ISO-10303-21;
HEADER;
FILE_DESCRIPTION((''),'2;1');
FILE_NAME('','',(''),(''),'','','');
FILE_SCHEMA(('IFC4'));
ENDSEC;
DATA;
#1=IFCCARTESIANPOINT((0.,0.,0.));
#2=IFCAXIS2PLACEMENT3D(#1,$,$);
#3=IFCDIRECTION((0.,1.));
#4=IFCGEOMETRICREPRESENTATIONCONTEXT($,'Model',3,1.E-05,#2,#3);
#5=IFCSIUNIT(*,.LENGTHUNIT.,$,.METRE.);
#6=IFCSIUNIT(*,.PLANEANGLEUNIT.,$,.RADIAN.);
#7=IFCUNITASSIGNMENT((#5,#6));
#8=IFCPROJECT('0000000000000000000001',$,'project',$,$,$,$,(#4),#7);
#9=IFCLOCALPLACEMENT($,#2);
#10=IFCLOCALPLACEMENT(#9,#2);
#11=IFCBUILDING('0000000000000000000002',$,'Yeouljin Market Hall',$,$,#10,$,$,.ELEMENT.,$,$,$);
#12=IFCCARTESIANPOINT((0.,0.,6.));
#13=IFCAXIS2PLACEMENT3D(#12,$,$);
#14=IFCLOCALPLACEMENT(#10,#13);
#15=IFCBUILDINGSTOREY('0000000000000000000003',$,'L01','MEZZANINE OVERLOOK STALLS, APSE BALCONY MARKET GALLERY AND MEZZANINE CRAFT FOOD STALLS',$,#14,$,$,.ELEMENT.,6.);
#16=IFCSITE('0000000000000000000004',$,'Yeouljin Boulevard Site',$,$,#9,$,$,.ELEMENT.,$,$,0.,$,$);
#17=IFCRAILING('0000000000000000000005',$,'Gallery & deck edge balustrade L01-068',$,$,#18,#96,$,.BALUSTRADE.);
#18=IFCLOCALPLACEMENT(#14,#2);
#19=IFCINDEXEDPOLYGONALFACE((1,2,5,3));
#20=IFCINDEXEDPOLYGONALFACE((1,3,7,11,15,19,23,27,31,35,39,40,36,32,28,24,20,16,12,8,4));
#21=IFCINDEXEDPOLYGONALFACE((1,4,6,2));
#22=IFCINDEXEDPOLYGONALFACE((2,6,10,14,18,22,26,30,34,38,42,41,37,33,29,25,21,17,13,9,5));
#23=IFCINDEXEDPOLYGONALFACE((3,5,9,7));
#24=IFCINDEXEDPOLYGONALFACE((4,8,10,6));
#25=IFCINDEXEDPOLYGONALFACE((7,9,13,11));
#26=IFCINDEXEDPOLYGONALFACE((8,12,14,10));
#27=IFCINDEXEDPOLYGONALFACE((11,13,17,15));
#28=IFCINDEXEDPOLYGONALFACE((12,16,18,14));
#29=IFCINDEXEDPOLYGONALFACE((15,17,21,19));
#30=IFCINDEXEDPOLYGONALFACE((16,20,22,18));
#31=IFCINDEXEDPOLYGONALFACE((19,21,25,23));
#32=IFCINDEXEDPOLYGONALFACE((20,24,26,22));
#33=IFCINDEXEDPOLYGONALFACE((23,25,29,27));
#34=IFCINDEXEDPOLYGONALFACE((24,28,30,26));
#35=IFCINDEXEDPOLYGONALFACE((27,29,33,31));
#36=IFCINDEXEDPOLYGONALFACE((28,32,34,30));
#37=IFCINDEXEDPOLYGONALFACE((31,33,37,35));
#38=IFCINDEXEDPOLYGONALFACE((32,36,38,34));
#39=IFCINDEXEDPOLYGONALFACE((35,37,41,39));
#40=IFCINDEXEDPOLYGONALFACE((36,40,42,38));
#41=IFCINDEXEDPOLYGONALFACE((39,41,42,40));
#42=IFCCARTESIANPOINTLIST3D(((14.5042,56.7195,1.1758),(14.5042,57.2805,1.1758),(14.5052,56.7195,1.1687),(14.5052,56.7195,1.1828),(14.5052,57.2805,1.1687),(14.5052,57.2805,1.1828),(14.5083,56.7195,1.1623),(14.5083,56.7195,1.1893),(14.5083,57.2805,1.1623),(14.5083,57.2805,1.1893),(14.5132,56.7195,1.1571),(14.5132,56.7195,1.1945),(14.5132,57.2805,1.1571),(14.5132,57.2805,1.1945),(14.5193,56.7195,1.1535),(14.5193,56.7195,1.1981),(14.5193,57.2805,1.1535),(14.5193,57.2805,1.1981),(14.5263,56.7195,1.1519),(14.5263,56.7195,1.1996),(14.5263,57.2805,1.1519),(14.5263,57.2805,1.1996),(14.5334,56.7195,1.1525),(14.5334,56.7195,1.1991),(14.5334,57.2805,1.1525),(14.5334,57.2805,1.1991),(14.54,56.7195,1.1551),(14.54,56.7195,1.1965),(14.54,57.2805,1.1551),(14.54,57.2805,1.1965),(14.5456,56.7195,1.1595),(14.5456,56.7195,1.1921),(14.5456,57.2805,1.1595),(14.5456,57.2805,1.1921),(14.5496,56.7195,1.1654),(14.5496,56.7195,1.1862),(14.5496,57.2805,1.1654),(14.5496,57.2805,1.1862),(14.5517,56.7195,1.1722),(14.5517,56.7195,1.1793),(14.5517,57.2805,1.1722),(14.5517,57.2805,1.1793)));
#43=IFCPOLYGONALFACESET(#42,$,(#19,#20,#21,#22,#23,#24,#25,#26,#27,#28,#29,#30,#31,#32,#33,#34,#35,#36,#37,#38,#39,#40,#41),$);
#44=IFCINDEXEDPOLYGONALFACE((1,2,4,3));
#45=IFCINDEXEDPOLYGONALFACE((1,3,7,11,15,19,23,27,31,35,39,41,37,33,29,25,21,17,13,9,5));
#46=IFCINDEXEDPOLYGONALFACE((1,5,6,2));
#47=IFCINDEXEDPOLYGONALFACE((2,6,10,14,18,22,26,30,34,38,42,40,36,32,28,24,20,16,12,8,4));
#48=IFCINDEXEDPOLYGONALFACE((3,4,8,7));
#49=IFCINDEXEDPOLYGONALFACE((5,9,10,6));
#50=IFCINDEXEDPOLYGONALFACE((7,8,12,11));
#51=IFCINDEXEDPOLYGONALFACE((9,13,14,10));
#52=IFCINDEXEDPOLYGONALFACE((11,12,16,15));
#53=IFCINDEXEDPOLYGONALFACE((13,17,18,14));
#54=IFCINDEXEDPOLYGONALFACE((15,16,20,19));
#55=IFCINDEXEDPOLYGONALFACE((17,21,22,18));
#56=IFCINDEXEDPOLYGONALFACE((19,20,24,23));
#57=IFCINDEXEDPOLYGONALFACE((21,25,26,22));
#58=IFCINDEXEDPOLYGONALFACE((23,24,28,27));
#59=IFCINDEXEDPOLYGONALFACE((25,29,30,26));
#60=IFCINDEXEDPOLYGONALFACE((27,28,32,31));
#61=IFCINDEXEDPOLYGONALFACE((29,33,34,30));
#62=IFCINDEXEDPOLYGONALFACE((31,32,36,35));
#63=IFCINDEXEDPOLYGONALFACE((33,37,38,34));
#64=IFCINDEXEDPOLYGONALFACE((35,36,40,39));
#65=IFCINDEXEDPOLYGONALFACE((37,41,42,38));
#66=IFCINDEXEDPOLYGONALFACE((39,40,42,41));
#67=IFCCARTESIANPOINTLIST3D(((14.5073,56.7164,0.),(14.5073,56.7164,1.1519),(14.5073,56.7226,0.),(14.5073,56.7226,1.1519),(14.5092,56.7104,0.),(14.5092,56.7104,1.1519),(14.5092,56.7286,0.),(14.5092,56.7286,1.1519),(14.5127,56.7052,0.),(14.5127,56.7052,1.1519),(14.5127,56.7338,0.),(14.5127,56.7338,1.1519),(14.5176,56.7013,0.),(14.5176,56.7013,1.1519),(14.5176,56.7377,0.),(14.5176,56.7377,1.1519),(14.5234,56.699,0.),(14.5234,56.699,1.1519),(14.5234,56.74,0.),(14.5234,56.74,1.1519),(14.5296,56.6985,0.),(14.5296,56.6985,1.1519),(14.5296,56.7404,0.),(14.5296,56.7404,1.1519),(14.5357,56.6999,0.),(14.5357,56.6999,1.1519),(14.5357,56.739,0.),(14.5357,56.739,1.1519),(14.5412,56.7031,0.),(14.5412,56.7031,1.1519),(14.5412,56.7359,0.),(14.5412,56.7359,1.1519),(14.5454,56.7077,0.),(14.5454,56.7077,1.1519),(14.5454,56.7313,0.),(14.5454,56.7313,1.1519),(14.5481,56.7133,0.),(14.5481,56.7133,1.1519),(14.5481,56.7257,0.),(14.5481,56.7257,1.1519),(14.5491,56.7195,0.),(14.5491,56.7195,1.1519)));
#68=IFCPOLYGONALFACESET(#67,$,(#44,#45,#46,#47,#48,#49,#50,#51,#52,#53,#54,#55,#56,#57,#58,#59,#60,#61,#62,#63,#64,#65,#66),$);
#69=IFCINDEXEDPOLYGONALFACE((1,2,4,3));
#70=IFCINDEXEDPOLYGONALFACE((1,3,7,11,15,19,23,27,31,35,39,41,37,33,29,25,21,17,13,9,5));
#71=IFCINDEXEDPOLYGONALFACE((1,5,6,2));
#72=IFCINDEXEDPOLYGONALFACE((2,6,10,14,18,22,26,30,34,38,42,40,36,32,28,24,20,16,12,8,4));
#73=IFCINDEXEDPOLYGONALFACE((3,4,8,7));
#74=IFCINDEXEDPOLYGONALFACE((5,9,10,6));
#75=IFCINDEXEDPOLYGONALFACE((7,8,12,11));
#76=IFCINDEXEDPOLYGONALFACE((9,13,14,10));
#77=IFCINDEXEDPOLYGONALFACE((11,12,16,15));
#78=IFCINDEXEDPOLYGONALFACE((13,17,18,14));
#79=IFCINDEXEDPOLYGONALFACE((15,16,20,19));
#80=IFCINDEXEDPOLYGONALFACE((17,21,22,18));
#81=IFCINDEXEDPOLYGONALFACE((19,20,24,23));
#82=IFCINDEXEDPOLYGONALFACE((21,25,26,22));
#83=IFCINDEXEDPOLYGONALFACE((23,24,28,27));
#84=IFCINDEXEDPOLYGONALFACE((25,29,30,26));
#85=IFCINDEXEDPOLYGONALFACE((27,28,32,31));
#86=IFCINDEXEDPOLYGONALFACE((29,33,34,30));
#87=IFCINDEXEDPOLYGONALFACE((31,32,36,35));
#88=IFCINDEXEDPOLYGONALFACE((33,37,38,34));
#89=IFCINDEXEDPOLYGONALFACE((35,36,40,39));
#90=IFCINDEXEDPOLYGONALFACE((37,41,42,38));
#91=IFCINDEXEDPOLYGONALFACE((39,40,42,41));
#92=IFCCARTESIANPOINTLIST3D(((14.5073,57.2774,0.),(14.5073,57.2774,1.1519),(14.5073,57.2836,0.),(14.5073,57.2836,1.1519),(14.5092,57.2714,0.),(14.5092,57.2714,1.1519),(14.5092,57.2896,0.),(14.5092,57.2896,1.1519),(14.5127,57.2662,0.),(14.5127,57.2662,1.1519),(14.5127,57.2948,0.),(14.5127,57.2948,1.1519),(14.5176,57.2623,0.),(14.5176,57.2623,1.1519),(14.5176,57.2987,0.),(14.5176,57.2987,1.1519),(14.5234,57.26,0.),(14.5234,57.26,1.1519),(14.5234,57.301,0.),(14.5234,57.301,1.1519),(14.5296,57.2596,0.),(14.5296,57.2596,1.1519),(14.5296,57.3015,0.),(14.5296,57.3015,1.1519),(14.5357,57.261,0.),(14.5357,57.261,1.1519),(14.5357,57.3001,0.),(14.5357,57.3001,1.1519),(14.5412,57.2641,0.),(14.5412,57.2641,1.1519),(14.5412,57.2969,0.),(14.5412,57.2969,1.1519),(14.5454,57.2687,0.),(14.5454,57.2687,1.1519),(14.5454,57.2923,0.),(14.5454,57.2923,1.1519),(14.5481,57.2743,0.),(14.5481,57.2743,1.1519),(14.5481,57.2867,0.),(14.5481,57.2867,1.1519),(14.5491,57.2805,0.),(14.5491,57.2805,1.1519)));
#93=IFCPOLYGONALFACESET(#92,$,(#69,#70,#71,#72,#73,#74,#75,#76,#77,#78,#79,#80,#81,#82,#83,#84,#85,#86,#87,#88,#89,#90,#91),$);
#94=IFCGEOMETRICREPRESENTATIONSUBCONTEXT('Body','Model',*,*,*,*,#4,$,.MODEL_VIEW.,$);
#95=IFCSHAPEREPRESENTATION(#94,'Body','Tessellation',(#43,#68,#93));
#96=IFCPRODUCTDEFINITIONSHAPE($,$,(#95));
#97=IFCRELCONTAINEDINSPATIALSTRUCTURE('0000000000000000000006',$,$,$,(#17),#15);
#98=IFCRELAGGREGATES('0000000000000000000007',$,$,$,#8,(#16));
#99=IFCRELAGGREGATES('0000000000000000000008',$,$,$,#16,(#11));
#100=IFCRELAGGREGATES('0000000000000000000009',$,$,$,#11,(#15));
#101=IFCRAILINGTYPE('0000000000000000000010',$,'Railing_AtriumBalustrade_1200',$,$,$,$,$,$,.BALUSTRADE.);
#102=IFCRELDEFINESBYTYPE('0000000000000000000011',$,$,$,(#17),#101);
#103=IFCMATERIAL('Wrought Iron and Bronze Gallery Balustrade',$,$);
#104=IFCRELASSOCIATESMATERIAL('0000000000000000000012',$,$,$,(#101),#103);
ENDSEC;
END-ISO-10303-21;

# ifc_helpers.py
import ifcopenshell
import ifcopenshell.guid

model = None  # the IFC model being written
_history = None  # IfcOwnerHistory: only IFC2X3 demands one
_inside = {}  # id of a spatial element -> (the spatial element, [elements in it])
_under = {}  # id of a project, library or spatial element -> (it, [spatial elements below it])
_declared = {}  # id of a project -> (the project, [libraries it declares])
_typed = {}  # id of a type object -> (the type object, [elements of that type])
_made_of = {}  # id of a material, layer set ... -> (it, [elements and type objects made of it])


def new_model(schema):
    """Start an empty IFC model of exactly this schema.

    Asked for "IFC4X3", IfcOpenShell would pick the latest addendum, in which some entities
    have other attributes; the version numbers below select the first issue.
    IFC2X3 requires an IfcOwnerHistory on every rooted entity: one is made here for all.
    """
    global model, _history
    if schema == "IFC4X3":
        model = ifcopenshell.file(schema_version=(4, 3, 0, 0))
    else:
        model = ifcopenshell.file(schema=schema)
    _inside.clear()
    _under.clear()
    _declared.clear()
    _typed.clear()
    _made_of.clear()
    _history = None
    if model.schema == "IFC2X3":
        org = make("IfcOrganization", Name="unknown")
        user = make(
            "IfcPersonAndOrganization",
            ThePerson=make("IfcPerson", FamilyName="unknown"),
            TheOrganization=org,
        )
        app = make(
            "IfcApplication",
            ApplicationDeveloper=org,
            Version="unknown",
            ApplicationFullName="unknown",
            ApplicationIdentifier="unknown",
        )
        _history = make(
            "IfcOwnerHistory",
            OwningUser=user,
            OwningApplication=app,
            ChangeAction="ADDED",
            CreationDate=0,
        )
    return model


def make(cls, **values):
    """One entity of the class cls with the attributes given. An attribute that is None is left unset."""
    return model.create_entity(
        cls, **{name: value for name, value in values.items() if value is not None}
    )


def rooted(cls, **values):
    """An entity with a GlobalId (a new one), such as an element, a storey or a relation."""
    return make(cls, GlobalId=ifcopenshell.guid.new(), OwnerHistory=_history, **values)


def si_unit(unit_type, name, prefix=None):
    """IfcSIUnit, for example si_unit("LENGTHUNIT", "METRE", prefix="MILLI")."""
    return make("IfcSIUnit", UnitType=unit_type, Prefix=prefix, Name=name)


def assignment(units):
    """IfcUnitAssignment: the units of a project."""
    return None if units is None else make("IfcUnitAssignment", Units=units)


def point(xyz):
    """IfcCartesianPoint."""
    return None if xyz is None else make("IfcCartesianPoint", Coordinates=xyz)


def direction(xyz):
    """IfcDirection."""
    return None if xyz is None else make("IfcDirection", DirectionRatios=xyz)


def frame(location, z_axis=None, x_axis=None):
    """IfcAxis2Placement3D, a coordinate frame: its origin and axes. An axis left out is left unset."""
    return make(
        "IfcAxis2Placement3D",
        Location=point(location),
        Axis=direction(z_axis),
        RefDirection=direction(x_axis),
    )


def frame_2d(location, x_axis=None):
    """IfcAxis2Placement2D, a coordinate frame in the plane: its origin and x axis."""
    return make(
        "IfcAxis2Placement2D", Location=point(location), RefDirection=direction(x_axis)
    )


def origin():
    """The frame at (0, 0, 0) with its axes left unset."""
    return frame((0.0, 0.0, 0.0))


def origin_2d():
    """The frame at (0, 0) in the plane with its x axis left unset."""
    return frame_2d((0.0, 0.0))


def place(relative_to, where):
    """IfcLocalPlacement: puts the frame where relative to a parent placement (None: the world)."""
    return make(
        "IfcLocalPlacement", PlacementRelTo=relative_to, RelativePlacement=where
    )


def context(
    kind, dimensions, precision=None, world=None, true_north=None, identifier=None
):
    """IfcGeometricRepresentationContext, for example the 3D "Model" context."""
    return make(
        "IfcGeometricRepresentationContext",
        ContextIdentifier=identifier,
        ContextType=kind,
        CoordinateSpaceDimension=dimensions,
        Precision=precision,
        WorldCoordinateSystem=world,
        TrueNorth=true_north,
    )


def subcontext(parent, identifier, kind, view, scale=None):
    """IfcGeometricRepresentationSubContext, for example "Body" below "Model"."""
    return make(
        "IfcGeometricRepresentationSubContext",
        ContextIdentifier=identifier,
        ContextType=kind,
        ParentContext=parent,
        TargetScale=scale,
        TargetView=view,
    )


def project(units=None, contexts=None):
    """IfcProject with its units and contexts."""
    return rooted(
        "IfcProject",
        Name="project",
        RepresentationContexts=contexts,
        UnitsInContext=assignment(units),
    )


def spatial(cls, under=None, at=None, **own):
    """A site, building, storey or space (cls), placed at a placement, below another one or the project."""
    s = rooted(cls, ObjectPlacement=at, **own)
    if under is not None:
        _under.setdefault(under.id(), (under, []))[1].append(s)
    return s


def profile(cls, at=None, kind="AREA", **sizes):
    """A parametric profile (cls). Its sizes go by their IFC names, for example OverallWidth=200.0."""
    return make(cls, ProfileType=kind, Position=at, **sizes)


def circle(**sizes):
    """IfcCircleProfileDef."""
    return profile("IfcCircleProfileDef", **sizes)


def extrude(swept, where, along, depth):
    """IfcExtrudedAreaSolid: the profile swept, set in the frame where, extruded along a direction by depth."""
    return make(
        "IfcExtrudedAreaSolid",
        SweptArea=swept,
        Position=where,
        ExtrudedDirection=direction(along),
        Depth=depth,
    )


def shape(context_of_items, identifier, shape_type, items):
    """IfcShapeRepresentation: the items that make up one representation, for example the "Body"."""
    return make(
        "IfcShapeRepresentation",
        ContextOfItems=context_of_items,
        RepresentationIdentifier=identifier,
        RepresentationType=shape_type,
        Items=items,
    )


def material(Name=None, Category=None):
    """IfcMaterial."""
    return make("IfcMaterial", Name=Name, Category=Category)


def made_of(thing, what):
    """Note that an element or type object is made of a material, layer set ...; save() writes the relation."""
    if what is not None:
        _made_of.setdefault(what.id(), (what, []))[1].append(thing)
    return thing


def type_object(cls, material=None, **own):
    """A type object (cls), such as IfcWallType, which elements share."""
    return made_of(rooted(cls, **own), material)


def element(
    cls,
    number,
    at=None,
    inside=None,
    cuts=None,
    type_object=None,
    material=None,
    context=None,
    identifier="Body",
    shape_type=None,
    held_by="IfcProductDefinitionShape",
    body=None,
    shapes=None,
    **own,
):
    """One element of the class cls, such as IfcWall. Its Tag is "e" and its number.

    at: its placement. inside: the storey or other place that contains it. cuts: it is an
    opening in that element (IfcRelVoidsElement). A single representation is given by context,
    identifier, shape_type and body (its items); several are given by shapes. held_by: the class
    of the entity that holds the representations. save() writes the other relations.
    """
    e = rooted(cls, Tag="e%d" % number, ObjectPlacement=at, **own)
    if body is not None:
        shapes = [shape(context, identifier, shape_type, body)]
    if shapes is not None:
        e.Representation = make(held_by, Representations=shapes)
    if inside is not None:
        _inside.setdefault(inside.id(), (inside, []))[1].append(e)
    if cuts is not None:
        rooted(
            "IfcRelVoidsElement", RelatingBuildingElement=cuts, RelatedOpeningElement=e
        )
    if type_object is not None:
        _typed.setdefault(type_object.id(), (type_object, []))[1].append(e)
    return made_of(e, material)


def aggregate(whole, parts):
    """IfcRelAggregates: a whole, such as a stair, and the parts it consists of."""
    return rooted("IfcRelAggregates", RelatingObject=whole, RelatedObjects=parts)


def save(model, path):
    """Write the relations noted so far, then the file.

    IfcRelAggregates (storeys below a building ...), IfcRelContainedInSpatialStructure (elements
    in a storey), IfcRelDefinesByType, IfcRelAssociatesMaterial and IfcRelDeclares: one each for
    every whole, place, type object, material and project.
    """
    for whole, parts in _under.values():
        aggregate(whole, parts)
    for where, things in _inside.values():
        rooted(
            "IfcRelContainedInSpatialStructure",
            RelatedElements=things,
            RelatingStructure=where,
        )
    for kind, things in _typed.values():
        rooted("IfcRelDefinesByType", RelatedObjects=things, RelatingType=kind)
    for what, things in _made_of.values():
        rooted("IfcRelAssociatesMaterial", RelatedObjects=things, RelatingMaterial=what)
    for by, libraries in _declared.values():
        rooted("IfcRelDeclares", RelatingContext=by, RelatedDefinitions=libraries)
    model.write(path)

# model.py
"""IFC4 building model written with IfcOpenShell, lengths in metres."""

from ifc_helpers import new_model, si_unit, direction, frame, origin, origin_2d, place, context, subcontext, project, spatial, circle, extrude, material, type_object, element, save


model = new_model("IFC4")

# Units and contexts
model_context = context("Model", 3, precision=1e-05, world=origin(), true_north=direction((0.0, 1.0)))
body_context = subcontext(model_context, "Body", "Model", "MODEL_VIEW")
ifc_project = project(units=[si_unit("LENGTHUNIT", "METRE"), si_unit("PLANEANGLEUNIT", "RADIAN")], contexts=[model_context])

# Site, building, storey
site_placement = place(None, origin())
site = spatial("IfcSite", under=ifc_project, at=site_placement, Name="Yeouljin Boulevard Site", CompositionType="ELEMENT", RefElevation=0.0)
building_placement = place(site_placement, origin())
building = spatial("IfcBuilding", under=site, at=building_placement, Name="Yeouljin Market Hall", CompositionType="ELEMENT")
storey_placement = place(building_placement, frame((0.0, 0.0, 6.0)))
storey = spatial("IfcBuildingStorey", under=building, at=storey_placement, Name="L01", Description="MEZZANINE OVERLOOK STALLS, APSE BALCONY MARKET GALLERY AND MEZZANINE CRAFT FOOD STALLS", CompositionType="ELEMENT", Elevation=6.0)

# Railing
ifc_material_1 = material(Name="Wrought Iron and Bronze Gallery Balustrade")
railing_type = type_object("IfcRailingType", Name="Railing_AtriumBalustrade_1200", PredefinedType="BALUSTRADE", material=ifc_material_1)
railing_placement = place(storey_placement, frame((14.5281, 56.7195, 0.0)))
element("IfcRailing", 1, at=railing_placement, inside=storey, type_object=railing_type, Name="Gallery & deck edge balustrade L01-068", PredefinedType="BALUSTRADE", context=body_context, shape_type="SweptSolid", body=[
    extrude(circle(Radius=0.0239, at=origin_2d()), frame((0.0, 0.0, 1.1758), z_axis=(0.0, 1.0, 0.0), x_axis=(-1.0, 0.0, 0.0)), (0.0, 0.0, 1.0), 0.561),
    extrude(circle(Radius=0.021, at=origin_2d()), origin(), (0.0, 0.0, 1.0), 1.1519),
    extrude(circle(Radius=0.021, at=origin_2d()), frame((0.0, 0.561, 0.0)), (0.0, 0.0, 1.0), 1.1519),
])

save(model, "model.ifc")
